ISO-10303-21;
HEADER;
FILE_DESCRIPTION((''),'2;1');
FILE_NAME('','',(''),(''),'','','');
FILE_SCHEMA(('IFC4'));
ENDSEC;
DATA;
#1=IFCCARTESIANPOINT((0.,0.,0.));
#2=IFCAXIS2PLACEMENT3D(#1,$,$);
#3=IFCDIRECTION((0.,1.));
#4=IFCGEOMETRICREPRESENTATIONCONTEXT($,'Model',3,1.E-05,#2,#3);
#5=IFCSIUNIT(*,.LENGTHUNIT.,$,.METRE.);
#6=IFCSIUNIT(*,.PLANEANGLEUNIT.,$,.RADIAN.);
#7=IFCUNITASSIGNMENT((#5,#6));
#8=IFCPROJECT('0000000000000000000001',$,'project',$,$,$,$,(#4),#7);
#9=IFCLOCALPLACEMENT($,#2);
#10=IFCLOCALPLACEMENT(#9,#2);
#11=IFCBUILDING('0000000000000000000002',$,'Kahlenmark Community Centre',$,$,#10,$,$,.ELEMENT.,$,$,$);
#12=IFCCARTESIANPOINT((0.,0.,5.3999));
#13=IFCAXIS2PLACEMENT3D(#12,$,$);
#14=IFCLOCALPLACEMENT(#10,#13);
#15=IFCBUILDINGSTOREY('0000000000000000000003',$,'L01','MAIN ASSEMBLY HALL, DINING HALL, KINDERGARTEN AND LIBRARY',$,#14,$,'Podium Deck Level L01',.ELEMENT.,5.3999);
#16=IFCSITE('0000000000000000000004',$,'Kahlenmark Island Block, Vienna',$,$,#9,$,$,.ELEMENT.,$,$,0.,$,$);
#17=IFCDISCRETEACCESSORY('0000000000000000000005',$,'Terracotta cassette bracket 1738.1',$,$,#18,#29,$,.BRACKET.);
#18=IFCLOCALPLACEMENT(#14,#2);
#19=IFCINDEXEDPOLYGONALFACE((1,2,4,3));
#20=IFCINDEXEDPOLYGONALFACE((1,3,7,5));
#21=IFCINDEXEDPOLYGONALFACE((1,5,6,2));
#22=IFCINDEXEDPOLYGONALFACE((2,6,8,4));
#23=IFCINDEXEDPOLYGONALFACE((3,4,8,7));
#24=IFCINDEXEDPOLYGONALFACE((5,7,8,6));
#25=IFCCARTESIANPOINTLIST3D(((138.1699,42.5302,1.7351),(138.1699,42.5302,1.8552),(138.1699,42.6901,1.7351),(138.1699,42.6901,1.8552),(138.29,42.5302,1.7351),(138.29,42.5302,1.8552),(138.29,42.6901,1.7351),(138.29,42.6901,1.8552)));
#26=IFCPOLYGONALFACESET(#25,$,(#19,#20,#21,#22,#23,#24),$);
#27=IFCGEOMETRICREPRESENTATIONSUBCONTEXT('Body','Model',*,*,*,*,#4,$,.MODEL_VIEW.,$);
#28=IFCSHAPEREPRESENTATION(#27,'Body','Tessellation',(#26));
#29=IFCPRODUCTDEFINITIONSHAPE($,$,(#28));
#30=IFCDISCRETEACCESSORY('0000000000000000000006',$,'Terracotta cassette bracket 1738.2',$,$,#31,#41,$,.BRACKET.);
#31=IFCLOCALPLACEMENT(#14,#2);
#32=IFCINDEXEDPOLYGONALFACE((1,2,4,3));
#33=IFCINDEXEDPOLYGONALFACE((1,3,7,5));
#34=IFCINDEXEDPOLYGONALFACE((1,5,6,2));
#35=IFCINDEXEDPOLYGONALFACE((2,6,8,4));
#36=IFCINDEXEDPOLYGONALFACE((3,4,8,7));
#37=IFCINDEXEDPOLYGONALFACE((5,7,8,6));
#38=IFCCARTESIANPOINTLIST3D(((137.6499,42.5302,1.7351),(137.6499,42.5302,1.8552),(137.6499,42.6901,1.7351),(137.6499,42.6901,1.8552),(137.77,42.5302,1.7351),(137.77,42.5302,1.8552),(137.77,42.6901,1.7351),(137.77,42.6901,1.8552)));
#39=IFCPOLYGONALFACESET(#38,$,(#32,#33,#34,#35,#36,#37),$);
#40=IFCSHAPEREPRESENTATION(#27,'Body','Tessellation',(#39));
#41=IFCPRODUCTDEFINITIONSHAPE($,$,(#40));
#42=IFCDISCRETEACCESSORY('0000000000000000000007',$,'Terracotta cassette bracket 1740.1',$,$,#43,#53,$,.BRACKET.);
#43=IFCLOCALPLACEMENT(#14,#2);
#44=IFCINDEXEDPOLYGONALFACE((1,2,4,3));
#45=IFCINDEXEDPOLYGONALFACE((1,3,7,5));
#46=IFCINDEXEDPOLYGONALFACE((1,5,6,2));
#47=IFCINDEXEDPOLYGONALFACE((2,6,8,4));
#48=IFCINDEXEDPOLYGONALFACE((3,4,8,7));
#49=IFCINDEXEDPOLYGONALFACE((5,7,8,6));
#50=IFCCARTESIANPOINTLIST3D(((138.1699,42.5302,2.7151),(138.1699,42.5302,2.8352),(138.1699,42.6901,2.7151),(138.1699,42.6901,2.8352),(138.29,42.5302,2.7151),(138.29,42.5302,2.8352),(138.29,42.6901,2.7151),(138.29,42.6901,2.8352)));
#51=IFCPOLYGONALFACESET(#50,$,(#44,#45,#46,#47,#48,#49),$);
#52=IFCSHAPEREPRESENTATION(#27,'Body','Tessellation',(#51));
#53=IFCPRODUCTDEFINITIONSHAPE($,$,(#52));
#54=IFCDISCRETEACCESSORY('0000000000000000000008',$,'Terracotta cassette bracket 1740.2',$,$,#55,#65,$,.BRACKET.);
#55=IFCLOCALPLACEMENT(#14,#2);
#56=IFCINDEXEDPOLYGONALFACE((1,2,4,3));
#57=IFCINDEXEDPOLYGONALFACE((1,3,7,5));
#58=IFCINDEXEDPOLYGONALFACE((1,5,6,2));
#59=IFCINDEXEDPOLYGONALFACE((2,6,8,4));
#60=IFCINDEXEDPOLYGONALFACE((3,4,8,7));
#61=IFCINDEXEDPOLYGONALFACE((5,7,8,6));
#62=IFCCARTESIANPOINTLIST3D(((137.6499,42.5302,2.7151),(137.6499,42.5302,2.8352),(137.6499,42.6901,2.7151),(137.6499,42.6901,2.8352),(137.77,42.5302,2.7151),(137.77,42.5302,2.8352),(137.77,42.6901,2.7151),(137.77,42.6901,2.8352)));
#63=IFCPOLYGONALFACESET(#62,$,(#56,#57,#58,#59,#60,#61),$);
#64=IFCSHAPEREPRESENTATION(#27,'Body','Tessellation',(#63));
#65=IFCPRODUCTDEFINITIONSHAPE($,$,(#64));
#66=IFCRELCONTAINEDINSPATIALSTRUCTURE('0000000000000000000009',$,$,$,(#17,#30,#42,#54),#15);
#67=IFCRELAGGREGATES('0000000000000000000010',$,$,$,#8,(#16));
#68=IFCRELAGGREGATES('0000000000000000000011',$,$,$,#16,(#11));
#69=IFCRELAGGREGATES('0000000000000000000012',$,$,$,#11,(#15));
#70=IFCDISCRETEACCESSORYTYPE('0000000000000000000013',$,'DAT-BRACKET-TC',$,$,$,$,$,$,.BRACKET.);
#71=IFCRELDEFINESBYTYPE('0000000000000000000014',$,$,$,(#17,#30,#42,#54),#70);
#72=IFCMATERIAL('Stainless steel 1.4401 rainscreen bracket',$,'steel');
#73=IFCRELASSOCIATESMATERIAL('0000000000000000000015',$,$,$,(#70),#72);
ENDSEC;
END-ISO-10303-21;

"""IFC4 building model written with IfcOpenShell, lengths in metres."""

from ifc_helpers import new_model, si_unit, direction, frame, origin, origin_2d, place, context, subcontext, project, spatial, rectangle, extrude, material, type_object, element, save


model = new_model("IFC4")

# Units and contexts
model_context = context("Model", 3, precision=1e-05, world=origin(), true_north=direction((0.0, 1.0)))
body_context = subcontext(model_context, "Body", "Model", "MODEL_VIEW")
ifc_project = project(units=[si_unit("LENGTHUNIT", "METRE"), si_unit("PLANEANGLEUNIT", "RADIAN")], contexts=[model_context])

# Site, building, storey
site_placement = place(None, origin())
site = spatial("IfcSite", under=ifc_project, at=site_placement, Name="Kahlenmark Island Block, Vienna", CompositionType="ELEMENT", RefElevation=0.0)
building_placement = place(site_placement, origin())
building = spatial("IfcBuilding", under=site, at=building_placement, Name="Kahlenmark Community Centre", CompositionType="ELEMENT")
storey_placement = place(building_placement, frame((0.0, 0.0, 5.3999)))
storey = spatial("IfcBuildingStorey", under=building, at=storey_placement, Name="L01", Description="MAIN ASSEMBLY HALL, DINING HALL, KINDERGARTEN AND LIBRARY", LongName="Podium Deck Level L01", CompositionType="ELEMENT", Elevation=5.3999)

# Discrete accessories
ifc_material_1 = material(Name="Stainless steel 1.4401 rainscreen bracket", Category="steel")
discrete_accessory_type = type_object("IfcDiscreteAccessoryType", Name="DAT-BRACKET-TC", PredefinedType="BRACKET", material=ifc_material_1)
for number, where, z_axis, x_axis, name in (
    (1, (138.23, 42.6101, 1.7351), (0.0, 0.0, 1.0), (-1.0, 0.0, 0.0), "Terracotta cassette bracket 1738.1"),
    (2, (137.71, 42.6101, 1.7351), (0.0, 0.0, 1.0), (-1.0, 0.0, 0.0), "Terracotta cassette bracket 1738.2"),
    (3, (138.23, 42.6101, 2.7151), (0.0, 0.0, 1.0), (-1.0, 0.0, 0.0), "Terracotta cassette bracket 1740.1"),
    (4, (137.71, 42.6101, 2.7151), (0.0, 0.0, 1.0), (-1.0, 0.0, 0.0), "Terracotta cassette bracket 1740.2"),
):
    element("IfcDiscreteAccessory", number, at=place(storey_placement, frame(where, z_axis=z_axis, x_axis=x_axis)), inside=storey, type_object=discrete_accessory_type, Name=name, PredefinedType="BRACKET", context=body_context, shape_type="SweptSolid", body=[
        extrude(rectangle(XDim=0.1201, YDim=0.1599, at=origin_2d()), origin(), (0.0, 0.0, 1.0), 0.1201),
    ])

save(model, "model.ifc")
